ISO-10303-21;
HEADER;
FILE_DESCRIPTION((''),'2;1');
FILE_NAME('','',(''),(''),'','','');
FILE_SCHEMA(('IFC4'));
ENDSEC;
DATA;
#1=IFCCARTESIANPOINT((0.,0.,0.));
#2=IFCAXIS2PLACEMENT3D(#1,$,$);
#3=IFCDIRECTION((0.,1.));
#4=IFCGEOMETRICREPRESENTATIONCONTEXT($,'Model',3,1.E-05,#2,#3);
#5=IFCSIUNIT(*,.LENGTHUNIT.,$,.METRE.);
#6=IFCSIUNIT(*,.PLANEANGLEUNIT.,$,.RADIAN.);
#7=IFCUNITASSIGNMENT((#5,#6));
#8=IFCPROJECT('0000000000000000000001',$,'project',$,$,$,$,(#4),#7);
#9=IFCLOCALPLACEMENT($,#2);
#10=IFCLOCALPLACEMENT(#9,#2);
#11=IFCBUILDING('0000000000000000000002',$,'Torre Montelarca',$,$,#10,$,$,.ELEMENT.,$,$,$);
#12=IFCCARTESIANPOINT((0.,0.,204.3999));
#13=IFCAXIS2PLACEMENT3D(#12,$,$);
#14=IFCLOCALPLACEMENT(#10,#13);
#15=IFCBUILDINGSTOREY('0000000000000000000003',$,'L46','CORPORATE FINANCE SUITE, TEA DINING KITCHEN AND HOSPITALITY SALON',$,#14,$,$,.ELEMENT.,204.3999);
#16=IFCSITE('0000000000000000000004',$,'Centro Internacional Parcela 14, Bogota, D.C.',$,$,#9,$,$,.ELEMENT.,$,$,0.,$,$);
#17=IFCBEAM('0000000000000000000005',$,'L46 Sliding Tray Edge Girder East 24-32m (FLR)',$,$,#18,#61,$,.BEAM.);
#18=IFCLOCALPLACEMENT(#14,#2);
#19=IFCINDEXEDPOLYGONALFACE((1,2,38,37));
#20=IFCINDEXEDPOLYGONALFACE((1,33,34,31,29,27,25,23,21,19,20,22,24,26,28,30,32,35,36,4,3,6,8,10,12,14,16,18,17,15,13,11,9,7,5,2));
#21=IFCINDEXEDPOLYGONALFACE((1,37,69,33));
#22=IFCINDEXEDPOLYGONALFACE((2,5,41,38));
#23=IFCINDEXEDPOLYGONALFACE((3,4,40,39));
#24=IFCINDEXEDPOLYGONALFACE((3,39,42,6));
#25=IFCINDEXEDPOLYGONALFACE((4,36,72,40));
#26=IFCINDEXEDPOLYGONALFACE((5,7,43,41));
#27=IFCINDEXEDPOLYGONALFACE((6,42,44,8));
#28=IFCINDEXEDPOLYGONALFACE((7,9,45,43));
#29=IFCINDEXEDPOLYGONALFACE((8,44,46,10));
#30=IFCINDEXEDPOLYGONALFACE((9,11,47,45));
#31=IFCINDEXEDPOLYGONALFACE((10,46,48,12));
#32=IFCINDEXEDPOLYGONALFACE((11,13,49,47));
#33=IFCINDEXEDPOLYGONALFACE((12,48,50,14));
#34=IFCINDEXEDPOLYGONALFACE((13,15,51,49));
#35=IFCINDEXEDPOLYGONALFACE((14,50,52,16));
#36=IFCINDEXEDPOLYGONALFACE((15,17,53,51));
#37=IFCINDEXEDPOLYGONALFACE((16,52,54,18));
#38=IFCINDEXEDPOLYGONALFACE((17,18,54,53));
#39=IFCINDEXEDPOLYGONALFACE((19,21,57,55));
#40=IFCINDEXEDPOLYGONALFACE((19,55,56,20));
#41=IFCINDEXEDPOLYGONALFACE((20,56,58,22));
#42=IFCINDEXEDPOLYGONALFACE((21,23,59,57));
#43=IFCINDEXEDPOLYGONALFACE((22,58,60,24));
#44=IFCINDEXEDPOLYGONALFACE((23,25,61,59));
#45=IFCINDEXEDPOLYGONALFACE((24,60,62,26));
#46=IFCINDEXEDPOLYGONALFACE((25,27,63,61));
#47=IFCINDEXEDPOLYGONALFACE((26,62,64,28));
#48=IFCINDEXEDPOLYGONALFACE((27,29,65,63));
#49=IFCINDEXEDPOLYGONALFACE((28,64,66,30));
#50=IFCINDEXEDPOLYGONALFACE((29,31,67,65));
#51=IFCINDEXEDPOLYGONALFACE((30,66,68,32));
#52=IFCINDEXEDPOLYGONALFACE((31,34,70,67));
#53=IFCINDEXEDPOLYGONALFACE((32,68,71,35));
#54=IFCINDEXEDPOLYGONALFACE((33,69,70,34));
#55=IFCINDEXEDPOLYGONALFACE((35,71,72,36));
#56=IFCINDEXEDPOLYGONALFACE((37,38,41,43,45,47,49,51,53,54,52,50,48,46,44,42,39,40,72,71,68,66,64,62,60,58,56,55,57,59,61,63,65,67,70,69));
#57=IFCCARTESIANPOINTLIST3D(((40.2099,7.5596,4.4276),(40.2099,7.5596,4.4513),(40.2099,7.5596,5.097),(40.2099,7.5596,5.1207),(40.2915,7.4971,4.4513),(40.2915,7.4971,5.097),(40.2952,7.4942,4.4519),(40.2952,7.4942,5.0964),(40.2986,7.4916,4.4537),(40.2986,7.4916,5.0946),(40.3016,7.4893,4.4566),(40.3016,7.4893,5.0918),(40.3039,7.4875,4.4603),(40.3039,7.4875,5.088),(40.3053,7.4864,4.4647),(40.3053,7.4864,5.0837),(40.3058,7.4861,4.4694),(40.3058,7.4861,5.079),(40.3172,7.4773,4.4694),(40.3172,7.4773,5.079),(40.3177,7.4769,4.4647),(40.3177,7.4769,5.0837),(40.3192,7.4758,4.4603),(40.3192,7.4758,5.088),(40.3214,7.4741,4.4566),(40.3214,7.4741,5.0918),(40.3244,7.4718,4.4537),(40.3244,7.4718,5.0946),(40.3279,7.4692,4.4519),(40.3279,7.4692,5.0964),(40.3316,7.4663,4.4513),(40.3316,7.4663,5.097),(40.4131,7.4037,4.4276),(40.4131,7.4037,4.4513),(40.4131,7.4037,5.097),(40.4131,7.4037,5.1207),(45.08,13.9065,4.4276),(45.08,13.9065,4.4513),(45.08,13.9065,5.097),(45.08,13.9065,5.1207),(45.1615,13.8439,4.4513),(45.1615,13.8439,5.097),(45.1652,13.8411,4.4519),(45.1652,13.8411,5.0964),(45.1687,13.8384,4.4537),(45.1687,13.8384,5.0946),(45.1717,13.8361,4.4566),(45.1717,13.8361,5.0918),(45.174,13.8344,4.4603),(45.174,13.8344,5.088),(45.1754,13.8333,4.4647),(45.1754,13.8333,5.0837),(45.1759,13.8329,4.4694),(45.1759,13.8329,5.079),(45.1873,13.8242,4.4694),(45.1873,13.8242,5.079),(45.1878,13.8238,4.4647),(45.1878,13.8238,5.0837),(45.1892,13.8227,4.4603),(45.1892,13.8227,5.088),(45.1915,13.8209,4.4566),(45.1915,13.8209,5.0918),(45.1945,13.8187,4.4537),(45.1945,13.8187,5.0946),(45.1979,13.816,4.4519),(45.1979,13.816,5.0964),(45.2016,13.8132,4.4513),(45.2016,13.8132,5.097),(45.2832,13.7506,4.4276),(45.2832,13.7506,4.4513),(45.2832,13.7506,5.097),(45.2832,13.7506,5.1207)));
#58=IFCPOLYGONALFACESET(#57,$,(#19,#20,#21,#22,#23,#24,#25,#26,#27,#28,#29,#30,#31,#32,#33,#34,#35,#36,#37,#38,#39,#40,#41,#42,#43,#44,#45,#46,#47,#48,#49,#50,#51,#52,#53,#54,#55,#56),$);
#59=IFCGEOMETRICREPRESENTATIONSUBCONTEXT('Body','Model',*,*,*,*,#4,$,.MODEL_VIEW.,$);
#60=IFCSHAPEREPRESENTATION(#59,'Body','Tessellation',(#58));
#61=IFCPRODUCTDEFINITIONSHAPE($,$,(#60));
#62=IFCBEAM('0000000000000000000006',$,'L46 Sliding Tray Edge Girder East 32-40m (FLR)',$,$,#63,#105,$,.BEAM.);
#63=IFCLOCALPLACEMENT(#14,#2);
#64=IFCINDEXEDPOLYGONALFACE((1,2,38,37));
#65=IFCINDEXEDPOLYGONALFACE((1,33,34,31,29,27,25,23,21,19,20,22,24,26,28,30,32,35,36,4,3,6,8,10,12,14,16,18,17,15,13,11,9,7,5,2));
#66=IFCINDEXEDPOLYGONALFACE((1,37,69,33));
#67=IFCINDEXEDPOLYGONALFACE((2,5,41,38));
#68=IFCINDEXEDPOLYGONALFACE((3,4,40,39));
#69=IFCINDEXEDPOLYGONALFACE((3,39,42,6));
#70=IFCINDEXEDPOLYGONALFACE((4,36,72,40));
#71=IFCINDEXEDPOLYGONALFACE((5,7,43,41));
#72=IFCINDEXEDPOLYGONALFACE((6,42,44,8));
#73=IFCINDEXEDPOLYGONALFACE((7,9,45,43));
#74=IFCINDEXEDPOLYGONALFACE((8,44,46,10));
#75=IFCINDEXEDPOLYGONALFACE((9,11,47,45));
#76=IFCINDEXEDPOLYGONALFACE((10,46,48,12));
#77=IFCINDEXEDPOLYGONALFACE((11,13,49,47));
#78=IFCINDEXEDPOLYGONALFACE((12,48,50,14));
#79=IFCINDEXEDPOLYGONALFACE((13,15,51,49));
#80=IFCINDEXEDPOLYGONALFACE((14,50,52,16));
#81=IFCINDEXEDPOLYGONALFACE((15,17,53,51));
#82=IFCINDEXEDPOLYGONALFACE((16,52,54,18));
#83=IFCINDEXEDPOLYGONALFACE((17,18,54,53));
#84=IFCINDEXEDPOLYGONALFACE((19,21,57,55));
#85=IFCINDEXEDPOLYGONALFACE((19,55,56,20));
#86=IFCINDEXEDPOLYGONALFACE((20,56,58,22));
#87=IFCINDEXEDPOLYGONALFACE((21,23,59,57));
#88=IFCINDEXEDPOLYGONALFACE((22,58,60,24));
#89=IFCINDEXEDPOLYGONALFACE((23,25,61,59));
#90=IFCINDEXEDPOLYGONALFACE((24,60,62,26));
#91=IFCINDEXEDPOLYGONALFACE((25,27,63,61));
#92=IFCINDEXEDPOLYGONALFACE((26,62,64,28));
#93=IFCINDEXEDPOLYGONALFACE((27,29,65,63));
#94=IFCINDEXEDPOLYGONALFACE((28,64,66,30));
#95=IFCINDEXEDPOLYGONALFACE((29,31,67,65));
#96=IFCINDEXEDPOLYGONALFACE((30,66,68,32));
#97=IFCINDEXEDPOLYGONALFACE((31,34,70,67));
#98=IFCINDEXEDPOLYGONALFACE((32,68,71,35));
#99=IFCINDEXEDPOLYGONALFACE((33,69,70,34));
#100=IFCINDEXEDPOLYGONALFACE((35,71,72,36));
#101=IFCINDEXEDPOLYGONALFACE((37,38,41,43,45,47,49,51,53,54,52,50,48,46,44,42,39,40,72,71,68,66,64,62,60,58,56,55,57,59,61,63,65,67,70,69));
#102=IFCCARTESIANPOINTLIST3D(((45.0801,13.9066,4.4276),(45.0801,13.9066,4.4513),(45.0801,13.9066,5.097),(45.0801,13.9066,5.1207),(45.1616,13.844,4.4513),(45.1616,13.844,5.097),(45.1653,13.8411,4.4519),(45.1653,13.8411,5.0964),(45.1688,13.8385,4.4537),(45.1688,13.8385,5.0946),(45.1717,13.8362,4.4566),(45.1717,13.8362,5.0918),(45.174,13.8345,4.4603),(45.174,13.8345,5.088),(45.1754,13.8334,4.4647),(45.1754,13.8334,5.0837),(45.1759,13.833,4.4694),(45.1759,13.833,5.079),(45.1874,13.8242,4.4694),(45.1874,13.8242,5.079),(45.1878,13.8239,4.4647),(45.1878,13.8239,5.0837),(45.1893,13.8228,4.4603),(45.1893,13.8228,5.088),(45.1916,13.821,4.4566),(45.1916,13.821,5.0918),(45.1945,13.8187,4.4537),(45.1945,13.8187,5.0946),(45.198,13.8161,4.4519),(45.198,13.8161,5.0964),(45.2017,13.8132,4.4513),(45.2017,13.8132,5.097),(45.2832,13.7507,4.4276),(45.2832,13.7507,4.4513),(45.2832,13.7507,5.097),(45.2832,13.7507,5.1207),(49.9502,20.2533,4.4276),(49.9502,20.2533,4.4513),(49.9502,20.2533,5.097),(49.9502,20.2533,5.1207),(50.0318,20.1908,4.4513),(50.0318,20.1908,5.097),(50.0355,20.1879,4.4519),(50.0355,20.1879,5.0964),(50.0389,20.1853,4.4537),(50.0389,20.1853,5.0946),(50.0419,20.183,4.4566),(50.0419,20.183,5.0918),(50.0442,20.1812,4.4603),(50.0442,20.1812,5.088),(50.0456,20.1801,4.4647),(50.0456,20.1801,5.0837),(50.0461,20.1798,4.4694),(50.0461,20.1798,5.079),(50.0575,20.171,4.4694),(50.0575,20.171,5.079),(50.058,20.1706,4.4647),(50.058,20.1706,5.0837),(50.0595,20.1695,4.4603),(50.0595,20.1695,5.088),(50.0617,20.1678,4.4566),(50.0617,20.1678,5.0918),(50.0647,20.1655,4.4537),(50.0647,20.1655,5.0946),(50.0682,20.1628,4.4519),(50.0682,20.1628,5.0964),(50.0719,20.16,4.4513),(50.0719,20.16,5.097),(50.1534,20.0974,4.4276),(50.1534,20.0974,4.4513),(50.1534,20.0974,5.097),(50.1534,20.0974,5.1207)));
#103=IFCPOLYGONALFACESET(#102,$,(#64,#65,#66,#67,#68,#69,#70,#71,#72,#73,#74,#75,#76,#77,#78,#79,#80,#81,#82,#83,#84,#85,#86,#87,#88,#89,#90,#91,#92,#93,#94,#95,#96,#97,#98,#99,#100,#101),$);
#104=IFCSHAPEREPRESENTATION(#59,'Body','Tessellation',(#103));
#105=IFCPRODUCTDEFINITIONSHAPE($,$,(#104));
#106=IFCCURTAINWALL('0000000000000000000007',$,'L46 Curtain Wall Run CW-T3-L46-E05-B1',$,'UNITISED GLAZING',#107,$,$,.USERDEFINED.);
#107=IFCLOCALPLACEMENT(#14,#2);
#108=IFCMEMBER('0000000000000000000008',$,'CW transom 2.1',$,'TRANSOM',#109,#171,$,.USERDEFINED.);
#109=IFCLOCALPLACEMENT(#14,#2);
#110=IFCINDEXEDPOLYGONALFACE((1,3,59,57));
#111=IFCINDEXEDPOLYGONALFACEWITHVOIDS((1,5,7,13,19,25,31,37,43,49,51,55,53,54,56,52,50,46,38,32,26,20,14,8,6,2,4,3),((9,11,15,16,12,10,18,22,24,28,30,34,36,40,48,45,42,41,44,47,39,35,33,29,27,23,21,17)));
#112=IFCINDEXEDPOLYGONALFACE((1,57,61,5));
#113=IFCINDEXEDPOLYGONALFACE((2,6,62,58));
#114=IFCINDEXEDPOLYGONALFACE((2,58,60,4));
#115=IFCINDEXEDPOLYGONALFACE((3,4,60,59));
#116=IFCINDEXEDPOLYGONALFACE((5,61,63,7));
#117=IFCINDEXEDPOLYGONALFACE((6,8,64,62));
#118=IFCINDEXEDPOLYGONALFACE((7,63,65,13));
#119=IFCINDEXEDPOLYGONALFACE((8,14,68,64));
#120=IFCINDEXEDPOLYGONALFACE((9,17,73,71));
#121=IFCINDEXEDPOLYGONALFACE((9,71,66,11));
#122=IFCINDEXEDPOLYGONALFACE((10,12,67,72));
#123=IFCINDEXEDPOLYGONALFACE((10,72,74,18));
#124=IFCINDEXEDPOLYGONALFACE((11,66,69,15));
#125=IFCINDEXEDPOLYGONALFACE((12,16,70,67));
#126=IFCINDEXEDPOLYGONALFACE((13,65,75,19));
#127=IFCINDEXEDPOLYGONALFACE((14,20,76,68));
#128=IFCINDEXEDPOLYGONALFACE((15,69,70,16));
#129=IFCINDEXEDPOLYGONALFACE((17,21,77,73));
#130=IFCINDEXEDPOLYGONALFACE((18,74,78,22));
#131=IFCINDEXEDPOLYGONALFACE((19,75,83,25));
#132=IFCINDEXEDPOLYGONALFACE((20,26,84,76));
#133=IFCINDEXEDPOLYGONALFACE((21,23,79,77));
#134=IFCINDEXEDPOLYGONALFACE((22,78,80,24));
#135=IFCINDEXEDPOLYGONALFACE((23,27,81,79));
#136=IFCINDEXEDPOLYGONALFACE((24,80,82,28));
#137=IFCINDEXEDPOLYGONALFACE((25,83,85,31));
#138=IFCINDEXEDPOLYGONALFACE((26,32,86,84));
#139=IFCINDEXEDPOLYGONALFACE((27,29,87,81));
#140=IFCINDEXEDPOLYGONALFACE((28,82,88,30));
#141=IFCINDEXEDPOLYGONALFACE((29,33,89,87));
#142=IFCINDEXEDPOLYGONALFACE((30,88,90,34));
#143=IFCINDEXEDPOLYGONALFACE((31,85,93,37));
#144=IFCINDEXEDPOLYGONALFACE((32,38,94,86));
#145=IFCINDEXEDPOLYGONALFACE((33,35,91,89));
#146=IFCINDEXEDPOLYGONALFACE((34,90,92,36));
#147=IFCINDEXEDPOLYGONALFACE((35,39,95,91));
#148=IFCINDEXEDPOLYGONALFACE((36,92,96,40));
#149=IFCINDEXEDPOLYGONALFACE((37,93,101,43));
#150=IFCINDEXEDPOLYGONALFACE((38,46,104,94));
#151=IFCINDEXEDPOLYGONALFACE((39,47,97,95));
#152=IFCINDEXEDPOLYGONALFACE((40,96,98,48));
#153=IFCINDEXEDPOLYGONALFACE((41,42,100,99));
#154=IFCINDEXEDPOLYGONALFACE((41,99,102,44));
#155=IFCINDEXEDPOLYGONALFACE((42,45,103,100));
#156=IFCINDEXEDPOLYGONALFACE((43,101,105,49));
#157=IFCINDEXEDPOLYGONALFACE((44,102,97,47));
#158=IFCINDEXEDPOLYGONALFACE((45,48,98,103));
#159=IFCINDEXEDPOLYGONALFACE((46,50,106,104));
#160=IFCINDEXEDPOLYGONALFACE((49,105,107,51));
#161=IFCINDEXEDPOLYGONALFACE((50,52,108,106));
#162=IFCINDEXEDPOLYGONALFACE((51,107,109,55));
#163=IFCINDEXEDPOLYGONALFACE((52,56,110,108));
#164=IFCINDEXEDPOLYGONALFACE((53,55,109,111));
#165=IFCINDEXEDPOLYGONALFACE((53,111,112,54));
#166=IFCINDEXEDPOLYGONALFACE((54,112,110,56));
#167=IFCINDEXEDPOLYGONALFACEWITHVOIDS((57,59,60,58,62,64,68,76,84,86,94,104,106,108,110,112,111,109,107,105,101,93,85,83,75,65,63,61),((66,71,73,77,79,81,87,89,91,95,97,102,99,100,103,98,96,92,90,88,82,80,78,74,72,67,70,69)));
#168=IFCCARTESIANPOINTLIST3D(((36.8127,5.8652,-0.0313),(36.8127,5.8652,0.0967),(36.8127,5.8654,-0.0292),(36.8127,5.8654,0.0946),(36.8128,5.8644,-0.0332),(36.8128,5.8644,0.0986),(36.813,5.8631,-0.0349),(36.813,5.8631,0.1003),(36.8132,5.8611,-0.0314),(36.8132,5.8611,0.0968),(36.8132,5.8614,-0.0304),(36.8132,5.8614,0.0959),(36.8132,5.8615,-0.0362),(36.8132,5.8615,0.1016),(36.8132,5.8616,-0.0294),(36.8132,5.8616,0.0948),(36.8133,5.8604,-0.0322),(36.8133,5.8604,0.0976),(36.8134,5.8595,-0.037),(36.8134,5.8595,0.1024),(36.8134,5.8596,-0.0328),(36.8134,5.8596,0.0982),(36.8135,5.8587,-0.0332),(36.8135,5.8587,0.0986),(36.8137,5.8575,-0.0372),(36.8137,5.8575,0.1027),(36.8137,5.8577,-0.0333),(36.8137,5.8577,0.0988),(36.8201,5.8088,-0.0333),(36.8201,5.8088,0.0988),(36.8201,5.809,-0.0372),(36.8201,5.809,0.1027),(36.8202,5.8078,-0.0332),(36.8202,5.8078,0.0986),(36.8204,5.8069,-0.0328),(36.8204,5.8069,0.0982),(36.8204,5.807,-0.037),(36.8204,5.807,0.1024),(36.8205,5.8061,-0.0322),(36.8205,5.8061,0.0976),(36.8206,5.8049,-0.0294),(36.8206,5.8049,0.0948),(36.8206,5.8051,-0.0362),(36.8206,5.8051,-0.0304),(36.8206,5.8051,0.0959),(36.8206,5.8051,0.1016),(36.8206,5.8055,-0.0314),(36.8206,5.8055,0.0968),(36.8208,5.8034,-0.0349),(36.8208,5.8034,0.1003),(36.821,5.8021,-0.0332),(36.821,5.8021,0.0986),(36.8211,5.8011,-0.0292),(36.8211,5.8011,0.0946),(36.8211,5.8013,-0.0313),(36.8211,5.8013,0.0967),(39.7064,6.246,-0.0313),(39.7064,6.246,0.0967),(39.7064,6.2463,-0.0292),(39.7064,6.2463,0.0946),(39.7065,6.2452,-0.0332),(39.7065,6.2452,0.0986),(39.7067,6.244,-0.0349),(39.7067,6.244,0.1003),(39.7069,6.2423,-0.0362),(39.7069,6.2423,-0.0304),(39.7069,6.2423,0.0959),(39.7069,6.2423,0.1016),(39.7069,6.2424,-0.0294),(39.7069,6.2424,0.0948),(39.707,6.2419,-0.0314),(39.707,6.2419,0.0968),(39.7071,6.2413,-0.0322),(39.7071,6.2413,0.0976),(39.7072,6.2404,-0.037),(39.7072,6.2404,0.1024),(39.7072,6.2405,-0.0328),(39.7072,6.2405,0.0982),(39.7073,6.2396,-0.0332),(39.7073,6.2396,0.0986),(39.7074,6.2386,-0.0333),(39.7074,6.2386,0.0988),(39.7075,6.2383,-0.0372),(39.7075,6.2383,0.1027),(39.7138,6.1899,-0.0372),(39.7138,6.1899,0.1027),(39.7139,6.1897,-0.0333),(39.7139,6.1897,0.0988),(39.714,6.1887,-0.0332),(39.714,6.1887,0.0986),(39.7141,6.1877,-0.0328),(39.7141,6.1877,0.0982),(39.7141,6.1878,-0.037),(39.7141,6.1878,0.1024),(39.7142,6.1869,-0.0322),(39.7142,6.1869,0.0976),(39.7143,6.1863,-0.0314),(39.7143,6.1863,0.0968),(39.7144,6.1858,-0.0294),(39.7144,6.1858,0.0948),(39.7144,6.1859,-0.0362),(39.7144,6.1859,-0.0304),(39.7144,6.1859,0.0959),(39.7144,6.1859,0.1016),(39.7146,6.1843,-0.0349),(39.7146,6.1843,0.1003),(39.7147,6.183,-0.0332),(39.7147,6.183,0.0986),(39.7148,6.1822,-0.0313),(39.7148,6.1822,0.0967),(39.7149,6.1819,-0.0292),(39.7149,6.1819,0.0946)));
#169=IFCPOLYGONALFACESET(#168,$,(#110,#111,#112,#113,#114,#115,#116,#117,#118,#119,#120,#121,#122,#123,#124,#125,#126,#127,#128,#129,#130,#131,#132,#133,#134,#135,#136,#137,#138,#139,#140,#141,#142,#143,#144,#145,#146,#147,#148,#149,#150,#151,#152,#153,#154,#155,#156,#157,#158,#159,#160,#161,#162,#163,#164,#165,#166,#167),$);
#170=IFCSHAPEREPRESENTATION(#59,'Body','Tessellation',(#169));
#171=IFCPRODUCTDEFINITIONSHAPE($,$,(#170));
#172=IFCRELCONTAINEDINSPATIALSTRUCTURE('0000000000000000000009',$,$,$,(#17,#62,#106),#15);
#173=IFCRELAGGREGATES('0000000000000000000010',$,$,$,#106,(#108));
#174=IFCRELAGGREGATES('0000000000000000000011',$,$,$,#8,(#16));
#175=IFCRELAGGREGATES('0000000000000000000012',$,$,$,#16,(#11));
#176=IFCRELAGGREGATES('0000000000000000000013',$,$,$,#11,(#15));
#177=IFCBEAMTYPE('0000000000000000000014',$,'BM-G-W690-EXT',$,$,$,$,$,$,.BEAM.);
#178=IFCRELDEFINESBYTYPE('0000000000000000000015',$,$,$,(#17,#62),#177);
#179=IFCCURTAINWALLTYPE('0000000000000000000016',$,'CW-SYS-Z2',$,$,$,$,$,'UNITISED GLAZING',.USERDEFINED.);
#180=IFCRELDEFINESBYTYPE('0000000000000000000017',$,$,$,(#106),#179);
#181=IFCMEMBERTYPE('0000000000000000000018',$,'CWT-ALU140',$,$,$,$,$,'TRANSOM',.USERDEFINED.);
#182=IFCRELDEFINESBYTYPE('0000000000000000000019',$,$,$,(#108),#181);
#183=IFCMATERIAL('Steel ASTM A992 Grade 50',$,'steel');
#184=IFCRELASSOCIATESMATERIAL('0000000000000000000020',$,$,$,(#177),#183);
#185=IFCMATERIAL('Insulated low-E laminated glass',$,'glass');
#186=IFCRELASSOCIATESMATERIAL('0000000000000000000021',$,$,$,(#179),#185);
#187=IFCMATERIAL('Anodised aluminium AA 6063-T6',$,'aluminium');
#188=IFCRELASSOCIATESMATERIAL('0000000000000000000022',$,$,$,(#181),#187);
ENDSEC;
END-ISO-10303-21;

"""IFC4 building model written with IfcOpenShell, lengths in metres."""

from ifc_helpers import new_model, si_unit, direction, frame, origin, origin_2d, place, context, subcontext, project, spatial, hollow_rectangle, i_section, extrude, source, transform, mapped, material, material_profile, profile_set, type_object, element, aggregate, save


model = new_model("IFC4")

# Units and contexts
model_context = context("Model", 3, precision=1e-05, world=origin(), true_north=direction((0.0, 1.0)))
body_context = subcontext(model_context, "Body", "Model", "MODEL_VIEW")
ifc_project = project(units=[si_unit("LENGTHUNIT", "METRE"), si_unit("PLANEANGLEUNIT", "RADIAN")], contexts=[model_context])

# Site, building, storey
site_placement = place(None, origin())
site = spatial("IfcSite", under=ifc_project, at=site_placement, Name="Centro Internacional Parcela 14, Bogota, D.C.", CompositionType="ELEMENT", RefElevation=0.0)
building_placement = place(site_placement, origin())
building = spatial("IfcBuilding", under=site, at=building_placement, Name="Torre Montelarca", CompositionType="ELEMENT")
storey_placement = place(building_placement, frame((0.0, 0.0, 204.3999)))
storey = spatial("IfcBuildingStorey", under=building, at=storey_placement, Name="L46", Description="CORPORATE FINANCE SUITE, TEA DINING KITCHEN AND HOSPITALITY SALON", CompositionType="ELEMENT", Elevation=204.3999)

# Shared definitions
ifc_material_1 = material(Name="Steel ASTM A992 Grade 50", Category="steel")

# Beams
ifc_material_profile_1 = material_profile(ifc_material_1, i_section(OverallWidth=0.2561, OverallDepth=0.6931, WebThickness=0.0144, FlangeThickness=0.0237, FilletRadius=0.0181, at=origin_2d()), Name="W690X170", Category="steel")
ifc_profile_set_1 = profile_set([ifc_material_profile_1], Name="Steel ASTM A992 Grade 50")
beam_type_1 = type_object("IfcBeamType", Name="BM-G-W690-EXT", PredefinedType="BEAM", material=ifc_profile_set_1)
shared_shape_1 = source(origin(), body_context, "Body", "SweptSolid", [
    extrude(i_section(OverallWidth=0.2561, OverallDepth=0.6931, WebThickness=0.0144, FlangeThickness=0.0237, FilletRadius=0.0181, at=origin_2d()), origin(), (0.0, 0.0, 1.0), 8.0),
])
for number, where, z_axis, x_axis, name in (
    (1, (40.3115, 7.4817, 4.7742), (0.608758, 0.793356, 0.0), (-0.793356, 0.608758, 0.0), "L46 Sliding Tray Edge Girder East 24-32m (FLR)"),
    (2, (45.1816, 13.8286, 4.7742), (0.608772, 0.793345, 0.0), (-0.793345, 0.608772, 0.0), "L46 Sliding Tray Edge Girder East 32-40m (FLR)"),
):
    element("IfcBeam", number, at=place(storey_placement, frame(where, z_axis=z_axis, x_axis=x_axis)), inside=storey, type_object=beam_type_1, Name=name, PredefinedType="BEAM", context=body_context, shape_type="MappedRepresentation", body=[
        mapped(shared_shape_1, transform((0.0, 0.0, 0.0), scale=1.0)),
    ])

# Curtain wall, member
ifc_material_2 = material(Name="Insulated low-E laminated glass", Category="glass")
curtain_wall_type = type_object("IfcCurtainWallType", Name="CW-SYS-Z2", ElementType="UNITISED GLAZING", PredefinedType="USERDEFINED", material=ifc_material_2)
curtain_wall_1_placement = place(storey_placement, origin())
curtain_wall_1 = element("IfcCurtainWall", 3, at=curtain_wall_1_placement, inside=storey, type_object=curtain_wall_type, Name="L46 Curtain Wall Run CW-T3-L46-E05-B1", ObjectType="UNITISED GLAZING", PredefinedType="USERDEFINED")
ifc_material_3 = material(Name="Anodised aluminium AA 6063-T6", Category="aluminium")
ifc_material_profile_2 = material_profile(ifc_material_3, hollow_rectangle(XDim=0.0649, YDim=0.1399, WallThickness=0.0039, InnerFilletRadius=0.0039, OuterFilletRadius=0.0081, at=origin_2d()), Name="ALU65X140X4", Category="aluminium")
ifc_profile_set_2 = profile_set([ifc_material_profile_2], Name="Anodised aluminium AA 6063-T6")
member_type_1 = type_object("IfcMemberType", Name="CWT-ALU140", ElementType="TRANSOM", PredefinedType="USERDEFINED", material=ifc_profile_set_2)
shared_shape_2 = source(origin(), body_context, "Body", "SweptSolid", [
    extrude(hollow_rectangle(XDim=0.0649, YDim=0.1399, WallThickness=0.0039, InnerFilletRadius=0.0039, OuterFilletRadius=0.0081, at=origin_2d()), origin(), (0.0, 0.0, 1.0), 2.9187),
])
member_1_placement = place(storey_placement, frame((36.8169, 5.8333, 0.0327), z_axis=(0.99145, 0.130487, 0.0), x_axis=(-0.130487, 0.99145, 0.0)))
member_1 = element("IfcMember", 4, at=member_1_placement, type_object=member_type_1, Name="CW transom 2.1", ObjectType="TRANSOM", PredefinedType="USERDEFINED", context=body_context, shape_type="MappedRepresentation", body=[
    mapped(shared_shape_2, transform((0.0, 0.0, 0.0), scale=1.0)),
])

aggregate(curtain_wall_1, [member_1])

save(model, "model.ifc")
